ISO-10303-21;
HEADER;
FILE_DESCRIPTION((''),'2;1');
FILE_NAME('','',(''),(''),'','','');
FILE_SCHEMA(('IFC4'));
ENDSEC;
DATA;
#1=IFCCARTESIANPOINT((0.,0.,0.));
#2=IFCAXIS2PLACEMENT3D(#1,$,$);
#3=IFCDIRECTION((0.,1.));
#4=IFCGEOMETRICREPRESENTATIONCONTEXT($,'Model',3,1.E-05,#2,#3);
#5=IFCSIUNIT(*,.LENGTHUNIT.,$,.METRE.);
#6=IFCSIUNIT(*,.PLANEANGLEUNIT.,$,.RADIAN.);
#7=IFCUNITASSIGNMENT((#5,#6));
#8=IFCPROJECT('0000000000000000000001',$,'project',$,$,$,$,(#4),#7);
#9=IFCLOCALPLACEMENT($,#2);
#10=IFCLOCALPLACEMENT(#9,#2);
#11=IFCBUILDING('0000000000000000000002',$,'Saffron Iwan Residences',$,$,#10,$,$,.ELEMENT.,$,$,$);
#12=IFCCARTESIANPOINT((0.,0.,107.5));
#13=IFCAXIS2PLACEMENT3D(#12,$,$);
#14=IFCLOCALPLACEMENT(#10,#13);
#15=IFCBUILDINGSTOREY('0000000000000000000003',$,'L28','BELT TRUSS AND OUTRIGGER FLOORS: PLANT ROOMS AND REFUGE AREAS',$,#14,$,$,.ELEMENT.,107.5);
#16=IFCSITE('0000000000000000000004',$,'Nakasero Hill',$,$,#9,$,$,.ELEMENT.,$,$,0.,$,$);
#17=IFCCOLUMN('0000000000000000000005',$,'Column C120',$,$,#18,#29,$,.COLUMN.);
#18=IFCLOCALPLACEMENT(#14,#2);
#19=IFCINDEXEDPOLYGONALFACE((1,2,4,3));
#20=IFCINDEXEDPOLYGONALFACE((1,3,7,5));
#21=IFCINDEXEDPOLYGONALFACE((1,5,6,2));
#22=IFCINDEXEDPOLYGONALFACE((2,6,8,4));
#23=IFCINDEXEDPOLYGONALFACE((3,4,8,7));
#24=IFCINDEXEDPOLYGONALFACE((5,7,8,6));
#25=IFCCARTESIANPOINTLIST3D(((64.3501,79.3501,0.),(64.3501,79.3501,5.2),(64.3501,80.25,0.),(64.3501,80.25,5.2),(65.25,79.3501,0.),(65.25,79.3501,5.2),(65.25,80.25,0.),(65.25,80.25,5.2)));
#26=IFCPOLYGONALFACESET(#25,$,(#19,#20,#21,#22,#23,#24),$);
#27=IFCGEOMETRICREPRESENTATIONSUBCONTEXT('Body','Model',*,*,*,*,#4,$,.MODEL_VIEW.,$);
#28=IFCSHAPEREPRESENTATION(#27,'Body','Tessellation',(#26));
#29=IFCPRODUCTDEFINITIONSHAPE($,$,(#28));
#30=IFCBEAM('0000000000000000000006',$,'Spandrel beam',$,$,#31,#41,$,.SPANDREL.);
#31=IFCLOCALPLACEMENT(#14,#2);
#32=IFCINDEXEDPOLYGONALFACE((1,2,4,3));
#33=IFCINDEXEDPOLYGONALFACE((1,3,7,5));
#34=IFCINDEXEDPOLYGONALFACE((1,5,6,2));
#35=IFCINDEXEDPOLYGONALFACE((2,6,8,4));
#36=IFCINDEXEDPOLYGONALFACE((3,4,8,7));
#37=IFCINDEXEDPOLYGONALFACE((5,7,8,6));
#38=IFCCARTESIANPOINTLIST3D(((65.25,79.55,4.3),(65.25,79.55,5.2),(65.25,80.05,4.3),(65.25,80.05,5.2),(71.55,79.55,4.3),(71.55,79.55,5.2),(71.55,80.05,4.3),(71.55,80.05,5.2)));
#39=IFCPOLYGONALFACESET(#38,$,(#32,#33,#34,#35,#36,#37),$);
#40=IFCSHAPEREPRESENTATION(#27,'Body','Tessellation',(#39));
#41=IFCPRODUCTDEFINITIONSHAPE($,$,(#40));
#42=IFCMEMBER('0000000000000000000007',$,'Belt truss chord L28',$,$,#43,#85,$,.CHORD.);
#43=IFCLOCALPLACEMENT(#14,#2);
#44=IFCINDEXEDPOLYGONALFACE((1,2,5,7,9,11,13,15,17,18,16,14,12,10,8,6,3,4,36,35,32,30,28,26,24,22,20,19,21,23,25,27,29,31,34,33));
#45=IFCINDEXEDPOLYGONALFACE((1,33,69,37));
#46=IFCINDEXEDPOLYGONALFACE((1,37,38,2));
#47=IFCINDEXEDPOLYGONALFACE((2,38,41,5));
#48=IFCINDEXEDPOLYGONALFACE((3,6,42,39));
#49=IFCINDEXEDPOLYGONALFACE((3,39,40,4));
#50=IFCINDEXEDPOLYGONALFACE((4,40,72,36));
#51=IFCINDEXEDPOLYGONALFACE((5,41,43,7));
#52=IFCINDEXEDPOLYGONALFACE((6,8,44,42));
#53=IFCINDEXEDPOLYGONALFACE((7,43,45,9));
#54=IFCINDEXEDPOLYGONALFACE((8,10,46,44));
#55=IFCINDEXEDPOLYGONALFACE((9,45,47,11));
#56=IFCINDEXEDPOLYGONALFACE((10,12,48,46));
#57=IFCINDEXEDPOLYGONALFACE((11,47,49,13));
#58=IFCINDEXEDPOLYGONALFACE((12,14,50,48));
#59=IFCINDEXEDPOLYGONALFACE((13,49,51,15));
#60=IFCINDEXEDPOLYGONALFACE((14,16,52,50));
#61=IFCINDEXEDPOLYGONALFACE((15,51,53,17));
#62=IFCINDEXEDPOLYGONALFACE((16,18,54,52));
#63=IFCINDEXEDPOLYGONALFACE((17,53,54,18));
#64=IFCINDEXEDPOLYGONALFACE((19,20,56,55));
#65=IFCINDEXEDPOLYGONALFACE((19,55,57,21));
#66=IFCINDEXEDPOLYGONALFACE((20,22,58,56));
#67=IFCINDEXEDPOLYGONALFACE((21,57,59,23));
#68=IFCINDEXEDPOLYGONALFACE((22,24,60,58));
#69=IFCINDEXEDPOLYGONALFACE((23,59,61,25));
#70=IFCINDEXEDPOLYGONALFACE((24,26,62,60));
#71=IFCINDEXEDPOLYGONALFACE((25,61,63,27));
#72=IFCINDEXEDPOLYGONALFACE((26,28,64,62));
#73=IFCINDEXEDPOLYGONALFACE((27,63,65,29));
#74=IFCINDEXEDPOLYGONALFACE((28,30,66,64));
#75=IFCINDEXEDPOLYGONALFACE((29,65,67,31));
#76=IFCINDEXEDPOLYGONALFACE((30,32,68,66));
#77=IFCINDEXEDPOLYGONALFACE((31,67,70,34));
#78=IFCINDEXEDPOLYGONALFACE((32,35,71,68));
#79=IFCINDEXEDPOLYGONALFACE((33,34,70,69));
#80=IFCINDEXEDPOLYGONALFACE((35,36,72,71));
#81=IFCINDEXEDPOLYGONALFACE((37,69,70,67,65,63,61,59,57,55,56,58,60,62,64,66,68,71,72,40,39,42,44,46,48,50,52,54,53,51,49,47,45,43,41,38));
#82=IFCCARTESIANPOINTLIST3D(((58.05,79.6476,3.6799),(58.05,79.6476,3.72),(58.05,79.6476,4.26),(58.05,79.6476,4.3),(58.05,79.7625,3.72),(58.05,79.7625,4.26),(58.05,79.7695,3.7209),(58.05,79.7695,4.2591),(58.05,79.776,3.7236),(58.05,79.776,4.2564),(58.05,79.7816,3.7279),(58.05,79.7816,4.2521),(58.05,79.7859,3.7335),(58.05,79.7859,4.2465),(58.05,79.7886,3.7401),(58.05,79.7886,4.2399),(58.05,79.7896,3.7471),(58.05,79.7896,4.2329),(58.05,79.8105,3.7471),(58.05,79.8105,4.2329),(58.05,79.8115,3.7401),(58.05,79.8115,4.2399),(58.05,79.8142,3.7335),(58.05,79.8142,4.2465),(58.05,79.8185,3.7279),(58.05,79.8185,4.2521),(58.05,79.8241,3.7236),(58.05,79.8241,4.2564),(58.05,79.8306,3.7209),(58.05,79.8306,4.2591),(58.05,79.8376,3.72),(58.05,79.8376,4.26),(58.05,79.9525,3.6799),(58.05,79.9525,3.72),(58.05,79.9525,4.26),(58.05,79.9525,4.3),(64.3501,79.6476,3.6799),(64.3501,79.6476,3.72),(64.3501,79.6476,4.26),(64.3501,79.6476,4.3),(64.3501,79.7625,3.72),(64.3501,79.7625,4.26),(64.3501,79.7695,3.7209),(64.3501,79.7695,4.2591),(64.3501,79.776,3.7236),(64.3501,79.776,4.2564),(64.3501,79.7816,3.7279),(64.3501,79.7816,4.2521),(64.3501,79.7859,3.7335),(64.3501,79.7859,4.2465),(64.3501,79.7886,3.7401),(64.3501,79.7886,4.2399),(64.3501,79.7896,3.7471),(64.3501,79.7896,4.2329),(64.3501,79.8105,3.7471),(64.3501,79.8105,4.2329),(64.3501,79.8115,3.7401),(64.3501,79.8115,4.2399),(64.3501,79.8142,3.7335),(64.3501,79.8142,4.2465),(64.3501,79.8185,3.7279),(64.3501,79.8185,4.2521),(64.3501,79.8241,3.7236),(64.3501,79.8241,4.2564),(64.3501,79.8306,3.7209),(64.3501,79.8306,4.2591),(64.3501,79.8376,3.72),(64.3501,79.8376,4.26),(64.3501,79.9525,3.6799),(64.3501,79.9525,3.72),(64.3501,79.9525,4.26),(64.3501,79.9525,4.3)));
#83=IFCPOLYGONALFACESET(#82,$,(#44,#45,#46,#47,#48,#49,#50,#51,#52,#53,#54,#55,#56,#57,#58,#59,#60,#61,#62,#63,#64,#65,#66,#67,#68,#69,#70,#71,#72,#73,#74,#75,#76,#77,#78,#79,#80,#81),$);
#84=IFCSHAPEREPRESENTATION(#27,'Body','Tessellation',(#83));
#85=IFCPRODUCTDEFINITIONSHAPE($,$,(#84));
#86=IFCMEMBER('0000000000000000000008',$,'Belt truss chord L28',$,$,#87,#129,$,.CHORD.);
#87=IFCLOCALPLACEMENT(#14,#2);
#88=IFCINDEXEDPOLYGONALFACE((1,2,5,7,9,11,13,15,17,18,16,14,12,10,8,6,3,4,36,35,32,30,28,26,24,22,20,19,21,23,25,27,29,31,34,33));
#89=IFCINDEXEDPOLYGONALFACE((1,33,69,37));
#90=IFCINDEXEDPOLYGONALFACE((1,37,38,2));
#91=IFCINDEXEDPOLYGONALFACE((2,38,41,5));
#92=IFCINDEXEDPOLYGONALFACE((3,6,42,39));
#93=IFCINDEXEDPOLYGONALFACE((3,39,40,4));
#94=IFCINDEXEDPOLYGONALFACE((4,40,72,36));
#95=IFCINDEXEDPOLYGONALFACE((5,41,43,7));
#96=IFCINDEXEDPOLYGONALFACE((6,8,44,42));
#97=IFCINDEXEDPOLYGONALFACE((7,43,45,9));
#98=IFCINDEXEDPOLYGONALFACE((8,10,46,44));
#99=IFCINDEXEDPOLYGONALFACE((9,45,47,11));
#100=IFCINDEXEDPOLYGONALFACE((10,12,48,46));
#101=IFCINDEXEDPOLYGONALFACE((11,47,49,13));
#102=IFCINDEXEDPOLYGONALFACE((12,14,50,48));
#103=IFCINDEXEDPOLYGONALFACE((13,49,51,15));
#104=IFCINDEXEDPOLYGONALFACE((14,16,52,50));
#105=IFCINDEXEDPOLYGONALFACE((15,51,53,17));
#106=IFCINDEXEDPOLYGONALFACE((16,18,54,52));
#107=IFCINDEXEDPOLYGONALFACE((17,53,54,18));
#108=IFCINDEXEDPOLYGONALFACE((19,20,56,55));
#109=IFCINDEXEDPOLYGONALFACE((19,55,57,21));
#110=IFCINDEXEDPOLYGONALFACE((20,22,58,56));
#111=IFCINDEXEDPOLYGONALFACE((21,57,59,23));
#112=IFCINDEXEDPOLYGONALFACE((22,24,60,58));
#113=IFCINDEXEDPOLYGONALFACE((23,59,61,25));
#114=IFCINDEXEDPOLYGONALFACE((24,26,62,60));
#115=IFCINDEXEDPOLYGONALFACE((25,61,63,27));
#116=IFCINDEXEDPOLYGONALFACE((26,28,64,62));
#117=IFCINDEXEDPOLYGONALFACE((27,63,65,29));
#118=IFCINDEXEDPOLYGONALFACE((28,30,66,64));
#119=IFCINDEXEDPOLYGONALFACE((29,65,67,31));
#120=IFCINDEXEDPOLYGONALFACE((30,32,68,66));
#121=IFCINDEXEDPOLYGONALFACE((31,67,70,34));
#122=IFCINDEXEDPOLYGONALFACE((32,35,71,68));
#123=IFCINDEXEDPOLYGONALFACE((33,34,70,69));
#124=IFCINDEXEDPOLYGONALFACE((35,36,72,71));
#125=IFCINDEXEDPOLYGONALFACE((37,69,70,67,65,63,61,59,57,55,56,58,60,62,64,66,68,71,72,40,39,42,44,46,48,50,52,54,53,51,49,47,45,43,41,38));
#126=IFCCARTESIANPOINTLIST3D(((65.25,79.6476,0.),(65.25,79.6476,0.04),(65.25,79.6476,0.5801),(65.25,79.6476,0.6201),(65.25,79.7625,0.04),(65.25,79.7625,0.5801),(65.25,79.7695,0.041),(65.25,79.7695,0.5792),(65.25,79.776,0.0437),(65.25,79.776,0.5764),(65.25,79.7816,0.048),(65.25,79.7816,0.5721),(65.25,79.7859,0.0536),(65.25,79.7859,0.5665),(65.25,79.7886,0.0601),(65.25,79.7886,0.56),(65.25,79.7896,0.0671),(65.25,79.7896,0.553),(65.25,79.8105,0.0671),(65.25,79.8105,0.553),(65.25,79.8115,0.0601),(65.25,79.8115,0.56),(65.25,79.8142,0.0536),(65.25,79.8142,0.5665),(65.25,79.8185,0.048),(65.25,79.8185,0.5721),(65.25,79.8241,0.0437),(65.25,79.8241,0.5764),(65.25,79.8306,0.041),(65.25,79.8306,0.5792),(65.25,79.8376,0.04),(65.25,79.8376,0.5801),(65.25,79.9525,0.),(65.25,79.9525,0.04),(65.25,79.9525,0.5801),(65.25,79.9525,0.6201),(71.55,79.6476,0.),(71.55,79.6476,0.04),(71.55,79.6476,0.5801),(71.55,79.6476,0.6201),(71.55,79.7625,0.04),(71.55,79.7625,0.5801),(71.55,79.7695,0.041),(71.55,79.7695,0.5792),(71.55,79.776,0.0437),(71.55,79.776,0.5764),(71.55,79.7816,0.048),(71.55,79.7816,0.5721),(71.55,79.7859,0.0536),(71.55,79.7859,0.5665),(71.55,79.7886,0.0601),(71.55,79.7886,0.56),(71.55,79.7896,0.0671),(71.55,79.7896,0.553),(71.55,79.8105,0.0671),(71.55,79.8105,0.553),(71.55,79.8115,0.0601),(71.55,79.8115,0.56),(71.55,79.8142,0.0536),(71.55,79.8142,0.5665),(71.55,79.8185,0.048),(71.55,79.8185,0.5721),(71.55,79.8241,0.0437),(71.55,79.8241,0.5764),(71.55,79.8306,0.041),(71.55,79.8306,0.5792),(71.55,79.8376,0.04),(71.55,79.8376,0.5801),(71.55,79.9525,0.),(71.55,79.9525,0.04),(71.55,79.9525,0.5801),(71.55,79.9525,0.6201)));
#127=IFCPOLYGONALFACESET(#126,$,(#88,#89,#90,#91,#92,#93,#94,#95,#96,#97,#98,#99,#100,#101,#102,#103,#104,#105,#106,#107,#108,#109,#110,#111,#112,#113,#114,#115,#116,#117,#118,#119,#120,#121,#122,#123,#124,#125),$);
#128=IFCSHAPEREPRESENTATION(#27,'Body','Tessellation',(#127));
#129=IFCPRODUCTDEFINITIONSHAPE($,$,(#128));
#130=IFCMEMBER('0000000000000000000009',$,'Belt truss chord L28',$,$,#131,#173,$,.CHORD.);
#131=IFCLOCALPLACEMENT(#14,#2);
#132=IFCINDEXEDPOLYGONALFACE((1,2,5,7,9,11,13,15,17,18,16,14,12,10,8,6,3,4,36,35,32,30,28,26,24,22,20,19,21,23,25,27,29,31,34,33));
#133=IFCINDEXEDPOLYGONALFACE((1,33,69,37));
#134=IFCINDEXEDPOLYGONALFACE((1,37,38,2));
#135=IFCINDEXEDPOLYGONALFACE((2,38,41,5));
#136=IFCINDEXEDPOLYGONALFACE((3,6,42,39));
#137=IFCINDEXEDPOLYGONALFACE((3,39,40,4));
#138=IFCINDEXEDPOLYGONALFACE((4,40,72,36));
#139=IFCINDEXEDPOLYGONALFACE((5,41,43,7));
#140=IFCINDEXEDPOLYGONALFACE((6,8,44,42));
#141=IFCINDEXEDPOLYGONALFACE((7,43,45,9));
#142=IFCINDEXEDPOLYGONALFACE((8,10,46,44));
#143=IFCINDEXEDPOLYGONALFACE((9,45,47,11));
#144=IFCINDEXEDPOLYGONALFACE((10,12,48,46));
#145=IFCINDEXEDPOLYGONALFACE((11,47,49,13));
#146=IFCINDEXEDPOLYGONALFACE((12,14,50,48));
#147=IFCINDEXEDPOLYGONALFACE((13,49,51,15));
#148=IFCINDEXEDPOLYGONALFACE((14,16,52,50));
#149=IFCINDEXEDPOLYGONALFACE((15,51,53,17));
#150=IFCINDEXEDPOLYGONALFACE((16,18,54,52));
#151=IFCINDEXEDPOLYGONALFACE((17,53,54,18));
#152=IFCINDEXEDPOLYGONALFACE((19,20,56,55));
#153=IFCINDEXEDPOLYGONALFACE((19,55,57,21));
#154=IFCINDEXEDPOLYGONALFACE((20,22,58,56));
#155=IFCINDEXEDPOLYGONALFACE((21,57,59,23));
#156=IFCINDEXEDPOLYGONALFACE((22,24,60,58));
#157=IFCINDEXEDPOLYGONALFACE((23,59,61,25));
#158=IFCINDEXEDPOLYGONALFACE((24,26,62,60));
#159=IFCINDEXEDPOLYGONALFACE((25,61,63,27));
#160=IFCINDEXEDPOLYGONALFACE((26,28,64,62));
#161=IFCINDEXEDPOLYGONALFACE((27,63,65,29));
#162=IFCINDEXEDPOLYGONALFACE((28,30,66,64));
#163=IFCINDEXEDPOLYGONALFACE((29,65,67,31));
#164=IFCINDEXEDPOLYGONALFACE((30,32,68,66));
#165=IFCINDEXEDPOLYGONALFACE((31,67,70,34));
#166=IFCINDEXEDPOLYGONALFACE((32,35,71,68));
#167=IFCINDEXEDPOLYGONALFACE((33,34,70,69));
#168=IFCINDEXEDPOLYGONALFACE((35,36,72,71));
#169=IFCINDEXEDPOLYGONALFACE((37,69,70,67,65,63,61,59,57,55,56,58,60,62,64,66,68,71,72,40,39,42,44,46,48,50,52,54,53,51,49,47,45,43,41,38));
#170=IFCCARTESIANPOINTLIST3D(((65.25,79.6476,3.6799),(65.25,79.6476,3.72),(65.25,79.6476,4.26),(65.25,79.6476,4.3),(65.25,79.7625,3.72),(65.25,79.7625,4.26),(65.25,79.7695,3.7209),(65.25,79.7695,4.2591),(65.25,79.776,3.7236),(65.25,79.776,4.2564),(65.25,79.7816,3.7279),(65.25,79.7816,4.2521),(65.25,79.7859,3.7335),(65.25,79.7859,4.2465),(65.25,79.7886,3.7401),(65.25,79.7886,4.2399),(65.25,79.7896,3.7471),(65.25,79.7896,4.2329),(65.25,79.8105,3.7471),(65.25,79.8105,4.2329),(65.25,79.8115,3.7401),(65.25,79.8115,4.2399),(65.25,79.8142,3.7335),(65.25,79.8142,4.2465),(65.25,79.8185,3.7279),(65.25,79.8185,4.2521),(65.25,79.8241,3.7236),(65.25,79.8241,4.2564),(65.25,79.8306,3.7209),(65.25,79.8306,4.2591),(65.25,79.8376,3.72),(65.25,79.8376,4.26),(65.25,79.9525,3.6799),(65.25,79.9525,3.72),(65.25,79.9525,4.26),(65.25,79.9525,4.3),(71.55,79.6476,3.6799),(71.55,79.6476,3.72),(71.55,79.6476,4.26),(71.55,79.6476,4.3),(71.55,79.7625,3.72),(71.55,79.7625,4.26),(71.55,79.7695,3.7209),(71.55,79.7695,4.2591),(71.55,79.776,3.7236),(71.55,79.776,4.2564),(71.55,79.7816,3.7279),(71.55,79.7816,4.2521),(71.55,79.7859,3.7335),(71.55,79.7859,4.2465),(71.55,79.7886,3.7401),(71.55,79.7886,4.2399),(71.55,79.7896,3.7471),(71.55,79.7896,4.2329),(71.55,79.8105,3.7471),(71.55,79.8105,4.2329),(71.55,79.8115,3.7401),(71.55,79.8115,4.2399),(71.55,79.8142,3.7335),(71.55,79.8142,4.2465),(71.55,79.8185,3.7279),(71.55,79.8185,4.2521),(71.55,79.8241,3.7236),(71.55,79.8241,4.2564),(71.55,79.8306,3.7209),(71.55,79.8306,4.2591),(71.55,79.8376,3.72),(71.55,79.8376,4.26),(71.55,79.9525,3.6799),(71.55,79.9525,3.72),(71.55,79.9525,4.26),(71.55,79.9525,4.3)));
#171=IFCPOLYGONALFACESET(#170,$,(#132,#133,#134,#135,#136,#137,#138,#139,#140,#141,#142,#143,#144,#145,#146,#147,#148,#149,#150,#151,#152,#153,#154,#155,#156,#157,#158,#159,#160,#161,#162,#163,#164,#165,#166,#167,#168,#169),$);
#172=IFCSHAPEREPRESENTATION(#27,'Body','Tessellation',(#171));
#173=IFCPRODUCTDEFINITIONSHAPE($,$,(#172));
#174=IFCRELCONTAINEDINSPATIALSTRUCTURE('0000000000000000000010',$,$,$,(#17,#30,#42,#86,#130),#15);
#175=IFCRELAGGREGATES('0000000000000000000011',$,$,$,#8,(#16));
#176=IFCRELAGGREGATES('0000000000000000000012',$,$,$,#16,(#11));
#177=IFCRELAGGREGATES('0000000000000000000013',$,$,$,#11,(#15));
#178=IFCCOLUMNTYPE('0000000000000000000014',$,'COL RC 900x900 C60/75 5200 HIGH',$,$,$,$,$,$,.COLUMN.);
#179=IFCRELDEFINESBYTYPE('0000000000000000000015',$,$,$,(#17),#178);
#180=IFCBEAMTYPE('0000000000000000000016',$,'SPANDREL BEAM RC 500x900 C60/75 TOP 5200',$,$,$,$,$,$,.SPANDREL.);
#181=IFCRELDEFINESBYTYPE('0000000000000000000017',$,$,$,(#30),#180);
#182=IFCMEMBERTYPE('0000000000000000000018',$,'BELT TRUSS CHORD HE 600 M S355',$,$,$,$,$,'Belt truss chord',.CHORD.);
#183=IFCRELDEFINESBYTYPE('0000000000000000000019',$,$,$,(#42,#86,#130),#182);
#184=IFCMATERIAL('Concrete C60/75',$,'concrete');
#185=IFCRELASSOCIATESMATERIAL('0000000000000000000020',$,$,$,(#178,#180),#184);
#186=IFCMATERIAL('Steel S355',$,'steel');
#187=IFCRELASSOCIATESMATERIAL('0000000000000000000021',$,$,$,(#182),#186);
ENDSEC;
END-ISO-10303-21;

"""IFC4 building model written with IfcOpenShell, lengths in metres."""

from ifc_helpers import new_model, si_unit, direction, frame, origin, origin_2d, place, context, subcontext, project, spatial, rectangle, i_section, extrude, source, transform, mapped, material, material_profile, profile_set, type_object, element, save


model = new_model("IFC4")

# Units and contexts
model_context = context("Model", 3, precision=1e-05, world=origin(), true_north=direction((0.0, 1.0)))
body_context = subcontext(model_context, "Body", "Model", "MODEL_VIEW")
ifc_project = project(units=[si_unit("LENGTHUNIT", "METRE"), si_unit("PLANEANGLEUNIT", "RADIAN")], contexts=[model_context])

# Site, building, storey
site_placement = place(None, origin())
site = spatial("IfcSite", under=ifc_project, at=site_placement, Name="Nakasero Hill", CompositionType="ELEMENT", RefElevation=0.0)
building_placement = place(site_placement, origin())
building = spatial("IfcBuilding", under=site, at=building_placement, Name="Saffron Iwan Residences", CompositionType="ELEMENT")
storey_placement = place(building_placement, frame((0.0, 0.0, 107.5)))
storey = spatial("IfcBuildingStorey", under=building, at=storey_placement, Name="L28", Description="BELT TRUSS AND OUTRIGGER FLOORS: PLANT ROOMS AND REFUGE AREAS", CompositionType="ELEMENT", Elevation=107.5)

# Column
ifc_material_1 = material(Name="Concrete C60/75", Category="concrete")
ifc_material_profile_1 = material_profile(ifc_material_1, rectangle(XDim=0.8999, YDim=0.8999, at=origin_2d()), Name="RC 900x900")
ifc_profile_set_1 = profile_set([ifc_material_profile_1], Name="Concrete C60/75")
column_type = type_object("IfcColumnType", Name="COL RC 900x900 C60/75 5200 HIGH", PredefinedType="COLUMN", material=ifc_profile_set_1)
shared_shape_1 = source(origin(), body_context, "Body", "SweptSolid", [
    extrude(rectangle(XDim=0.8999, YDim=0.8999, at=origin_2d()), origin(), (0.0, 0.0, 1.0), 5.2),
])
column_placement = place(storey_placement, frame((64.8, 79.8, 0.0), z_axis=(0.0, 0.0, 1.0), x_axis=(1.0, 0.0, 0.0)))
element("IfcColumn", 1, at=column_placement, inside=storey, type_object=column_type, Name="Column C120", PredefinedType="COLUMN", context=body_context, shape_type="MappedRepresentation", body=[
    mapped(shared_shape_1, transform((0.0, 0.0, 0.0))),
])

# Beam
ifc_material_profile_2 = material_profile(ifc_material_1, rectangle(XDim=0.5, YDim=0.8999, at=origin_2d()), Name="RC 500x900")
ifc_profile_set_2 = profile_set([ifc_material_profile_2], Name="Concrete C60/75")
beam_type = type_object("IfcBeamType", Name="SPANDREL BEAM RC 500x900 C60/75 TOP 5200", PredefinedType="SPANDREL", material=ifc_profile_set_2)
shared_shape_2 = source(origin(), body_context, "Body", "SweptSolid", [
    extrude(rectangle(XDim=0.5, YDim=0.8999, at=origin_2d()), origin(), (0.0, 0.0, 1.0), 6.3),
])
beam_placement = place(storey_placement, frame((65.25, 79.8, 4.75), z_axis=(1.0, 0.0, 0.0), x_axis=(0.0, 1.0, 0.0)))
element("IfcBeam", 2, at=beam_placement, inside=storey, type_object=beam_type, Name="Spandrel beam", PredefinedType="SPANDREL", context=body_context, shape_type="MappedRepresentation", body=[
    mapped(shared_shape_2, transform((0.0, 0.0, 0.0))),
])

# Members
ifc_material_2 = material(Name="Steel S355", Category="steel")
ifc_material_profile_3 = material_profile(ifc_material_2, i_section(OverallWidth=0.3049, OverallDepth=0.6201, WebThickness=0.021, FlangeThickness=0.04, FilletRadius=0.0271, at=origin_2d()), Name="HE 600 M")
ifc_profile_set_3 = profile_set([ifc_material_profile_3], Name="Steel S355")
member_type_1 = type_object("IfcMemberType", Name="BELT TRUSS CHORD HE 600 M S355", ElementType="Belt truss chord", PredefinedType="CHORD", material=ifc_profile_set_3)
shared_shape_3 = source(origin(), body_context, "Body", "SweptSolid", [
    extrude(i_section(OverallWidth=0.3049, OverallDepth=0.6201, WebThickness=0.021, FlangeThickness=0.04, FilletRadius=0.0271, at=origin_2d()), origin(), (0.0, 0.0, 1.0), 6.3),
])
for number, where, z_axis, x_axis, name in (
    (3, (58.05, 79.8, 3.99), (1.0, 0.0, 0.0), (0.0, 1.0, 0.0), "Belt truss chord L28"),
    (4, (65.25, 79.8, 0.3101), (1.0, 0.0, 0.0), (0.0, 1.0, 0.0), "Belt truss chord L28"),
    (5, (65.25, 79.8, 3.99), (1.0, 0.0, 0.0), (0.0, 1.0, 0.0), "Belt truss chord L28"),
):
    element("IfcMember", number, at=place(storey_placement, frame(where, z_axis=z_axis, x_axis=x_axis)), inside=storey, type_object=member_type_1, Name=name, PredefinedType="CHORD", context=body_context, shape_type="MappedRepresentation", body=[
        mapped(shared_shape_3, transform((0.0, 0.0, 0.0))),
    ])

save(model, "model.ifc")
